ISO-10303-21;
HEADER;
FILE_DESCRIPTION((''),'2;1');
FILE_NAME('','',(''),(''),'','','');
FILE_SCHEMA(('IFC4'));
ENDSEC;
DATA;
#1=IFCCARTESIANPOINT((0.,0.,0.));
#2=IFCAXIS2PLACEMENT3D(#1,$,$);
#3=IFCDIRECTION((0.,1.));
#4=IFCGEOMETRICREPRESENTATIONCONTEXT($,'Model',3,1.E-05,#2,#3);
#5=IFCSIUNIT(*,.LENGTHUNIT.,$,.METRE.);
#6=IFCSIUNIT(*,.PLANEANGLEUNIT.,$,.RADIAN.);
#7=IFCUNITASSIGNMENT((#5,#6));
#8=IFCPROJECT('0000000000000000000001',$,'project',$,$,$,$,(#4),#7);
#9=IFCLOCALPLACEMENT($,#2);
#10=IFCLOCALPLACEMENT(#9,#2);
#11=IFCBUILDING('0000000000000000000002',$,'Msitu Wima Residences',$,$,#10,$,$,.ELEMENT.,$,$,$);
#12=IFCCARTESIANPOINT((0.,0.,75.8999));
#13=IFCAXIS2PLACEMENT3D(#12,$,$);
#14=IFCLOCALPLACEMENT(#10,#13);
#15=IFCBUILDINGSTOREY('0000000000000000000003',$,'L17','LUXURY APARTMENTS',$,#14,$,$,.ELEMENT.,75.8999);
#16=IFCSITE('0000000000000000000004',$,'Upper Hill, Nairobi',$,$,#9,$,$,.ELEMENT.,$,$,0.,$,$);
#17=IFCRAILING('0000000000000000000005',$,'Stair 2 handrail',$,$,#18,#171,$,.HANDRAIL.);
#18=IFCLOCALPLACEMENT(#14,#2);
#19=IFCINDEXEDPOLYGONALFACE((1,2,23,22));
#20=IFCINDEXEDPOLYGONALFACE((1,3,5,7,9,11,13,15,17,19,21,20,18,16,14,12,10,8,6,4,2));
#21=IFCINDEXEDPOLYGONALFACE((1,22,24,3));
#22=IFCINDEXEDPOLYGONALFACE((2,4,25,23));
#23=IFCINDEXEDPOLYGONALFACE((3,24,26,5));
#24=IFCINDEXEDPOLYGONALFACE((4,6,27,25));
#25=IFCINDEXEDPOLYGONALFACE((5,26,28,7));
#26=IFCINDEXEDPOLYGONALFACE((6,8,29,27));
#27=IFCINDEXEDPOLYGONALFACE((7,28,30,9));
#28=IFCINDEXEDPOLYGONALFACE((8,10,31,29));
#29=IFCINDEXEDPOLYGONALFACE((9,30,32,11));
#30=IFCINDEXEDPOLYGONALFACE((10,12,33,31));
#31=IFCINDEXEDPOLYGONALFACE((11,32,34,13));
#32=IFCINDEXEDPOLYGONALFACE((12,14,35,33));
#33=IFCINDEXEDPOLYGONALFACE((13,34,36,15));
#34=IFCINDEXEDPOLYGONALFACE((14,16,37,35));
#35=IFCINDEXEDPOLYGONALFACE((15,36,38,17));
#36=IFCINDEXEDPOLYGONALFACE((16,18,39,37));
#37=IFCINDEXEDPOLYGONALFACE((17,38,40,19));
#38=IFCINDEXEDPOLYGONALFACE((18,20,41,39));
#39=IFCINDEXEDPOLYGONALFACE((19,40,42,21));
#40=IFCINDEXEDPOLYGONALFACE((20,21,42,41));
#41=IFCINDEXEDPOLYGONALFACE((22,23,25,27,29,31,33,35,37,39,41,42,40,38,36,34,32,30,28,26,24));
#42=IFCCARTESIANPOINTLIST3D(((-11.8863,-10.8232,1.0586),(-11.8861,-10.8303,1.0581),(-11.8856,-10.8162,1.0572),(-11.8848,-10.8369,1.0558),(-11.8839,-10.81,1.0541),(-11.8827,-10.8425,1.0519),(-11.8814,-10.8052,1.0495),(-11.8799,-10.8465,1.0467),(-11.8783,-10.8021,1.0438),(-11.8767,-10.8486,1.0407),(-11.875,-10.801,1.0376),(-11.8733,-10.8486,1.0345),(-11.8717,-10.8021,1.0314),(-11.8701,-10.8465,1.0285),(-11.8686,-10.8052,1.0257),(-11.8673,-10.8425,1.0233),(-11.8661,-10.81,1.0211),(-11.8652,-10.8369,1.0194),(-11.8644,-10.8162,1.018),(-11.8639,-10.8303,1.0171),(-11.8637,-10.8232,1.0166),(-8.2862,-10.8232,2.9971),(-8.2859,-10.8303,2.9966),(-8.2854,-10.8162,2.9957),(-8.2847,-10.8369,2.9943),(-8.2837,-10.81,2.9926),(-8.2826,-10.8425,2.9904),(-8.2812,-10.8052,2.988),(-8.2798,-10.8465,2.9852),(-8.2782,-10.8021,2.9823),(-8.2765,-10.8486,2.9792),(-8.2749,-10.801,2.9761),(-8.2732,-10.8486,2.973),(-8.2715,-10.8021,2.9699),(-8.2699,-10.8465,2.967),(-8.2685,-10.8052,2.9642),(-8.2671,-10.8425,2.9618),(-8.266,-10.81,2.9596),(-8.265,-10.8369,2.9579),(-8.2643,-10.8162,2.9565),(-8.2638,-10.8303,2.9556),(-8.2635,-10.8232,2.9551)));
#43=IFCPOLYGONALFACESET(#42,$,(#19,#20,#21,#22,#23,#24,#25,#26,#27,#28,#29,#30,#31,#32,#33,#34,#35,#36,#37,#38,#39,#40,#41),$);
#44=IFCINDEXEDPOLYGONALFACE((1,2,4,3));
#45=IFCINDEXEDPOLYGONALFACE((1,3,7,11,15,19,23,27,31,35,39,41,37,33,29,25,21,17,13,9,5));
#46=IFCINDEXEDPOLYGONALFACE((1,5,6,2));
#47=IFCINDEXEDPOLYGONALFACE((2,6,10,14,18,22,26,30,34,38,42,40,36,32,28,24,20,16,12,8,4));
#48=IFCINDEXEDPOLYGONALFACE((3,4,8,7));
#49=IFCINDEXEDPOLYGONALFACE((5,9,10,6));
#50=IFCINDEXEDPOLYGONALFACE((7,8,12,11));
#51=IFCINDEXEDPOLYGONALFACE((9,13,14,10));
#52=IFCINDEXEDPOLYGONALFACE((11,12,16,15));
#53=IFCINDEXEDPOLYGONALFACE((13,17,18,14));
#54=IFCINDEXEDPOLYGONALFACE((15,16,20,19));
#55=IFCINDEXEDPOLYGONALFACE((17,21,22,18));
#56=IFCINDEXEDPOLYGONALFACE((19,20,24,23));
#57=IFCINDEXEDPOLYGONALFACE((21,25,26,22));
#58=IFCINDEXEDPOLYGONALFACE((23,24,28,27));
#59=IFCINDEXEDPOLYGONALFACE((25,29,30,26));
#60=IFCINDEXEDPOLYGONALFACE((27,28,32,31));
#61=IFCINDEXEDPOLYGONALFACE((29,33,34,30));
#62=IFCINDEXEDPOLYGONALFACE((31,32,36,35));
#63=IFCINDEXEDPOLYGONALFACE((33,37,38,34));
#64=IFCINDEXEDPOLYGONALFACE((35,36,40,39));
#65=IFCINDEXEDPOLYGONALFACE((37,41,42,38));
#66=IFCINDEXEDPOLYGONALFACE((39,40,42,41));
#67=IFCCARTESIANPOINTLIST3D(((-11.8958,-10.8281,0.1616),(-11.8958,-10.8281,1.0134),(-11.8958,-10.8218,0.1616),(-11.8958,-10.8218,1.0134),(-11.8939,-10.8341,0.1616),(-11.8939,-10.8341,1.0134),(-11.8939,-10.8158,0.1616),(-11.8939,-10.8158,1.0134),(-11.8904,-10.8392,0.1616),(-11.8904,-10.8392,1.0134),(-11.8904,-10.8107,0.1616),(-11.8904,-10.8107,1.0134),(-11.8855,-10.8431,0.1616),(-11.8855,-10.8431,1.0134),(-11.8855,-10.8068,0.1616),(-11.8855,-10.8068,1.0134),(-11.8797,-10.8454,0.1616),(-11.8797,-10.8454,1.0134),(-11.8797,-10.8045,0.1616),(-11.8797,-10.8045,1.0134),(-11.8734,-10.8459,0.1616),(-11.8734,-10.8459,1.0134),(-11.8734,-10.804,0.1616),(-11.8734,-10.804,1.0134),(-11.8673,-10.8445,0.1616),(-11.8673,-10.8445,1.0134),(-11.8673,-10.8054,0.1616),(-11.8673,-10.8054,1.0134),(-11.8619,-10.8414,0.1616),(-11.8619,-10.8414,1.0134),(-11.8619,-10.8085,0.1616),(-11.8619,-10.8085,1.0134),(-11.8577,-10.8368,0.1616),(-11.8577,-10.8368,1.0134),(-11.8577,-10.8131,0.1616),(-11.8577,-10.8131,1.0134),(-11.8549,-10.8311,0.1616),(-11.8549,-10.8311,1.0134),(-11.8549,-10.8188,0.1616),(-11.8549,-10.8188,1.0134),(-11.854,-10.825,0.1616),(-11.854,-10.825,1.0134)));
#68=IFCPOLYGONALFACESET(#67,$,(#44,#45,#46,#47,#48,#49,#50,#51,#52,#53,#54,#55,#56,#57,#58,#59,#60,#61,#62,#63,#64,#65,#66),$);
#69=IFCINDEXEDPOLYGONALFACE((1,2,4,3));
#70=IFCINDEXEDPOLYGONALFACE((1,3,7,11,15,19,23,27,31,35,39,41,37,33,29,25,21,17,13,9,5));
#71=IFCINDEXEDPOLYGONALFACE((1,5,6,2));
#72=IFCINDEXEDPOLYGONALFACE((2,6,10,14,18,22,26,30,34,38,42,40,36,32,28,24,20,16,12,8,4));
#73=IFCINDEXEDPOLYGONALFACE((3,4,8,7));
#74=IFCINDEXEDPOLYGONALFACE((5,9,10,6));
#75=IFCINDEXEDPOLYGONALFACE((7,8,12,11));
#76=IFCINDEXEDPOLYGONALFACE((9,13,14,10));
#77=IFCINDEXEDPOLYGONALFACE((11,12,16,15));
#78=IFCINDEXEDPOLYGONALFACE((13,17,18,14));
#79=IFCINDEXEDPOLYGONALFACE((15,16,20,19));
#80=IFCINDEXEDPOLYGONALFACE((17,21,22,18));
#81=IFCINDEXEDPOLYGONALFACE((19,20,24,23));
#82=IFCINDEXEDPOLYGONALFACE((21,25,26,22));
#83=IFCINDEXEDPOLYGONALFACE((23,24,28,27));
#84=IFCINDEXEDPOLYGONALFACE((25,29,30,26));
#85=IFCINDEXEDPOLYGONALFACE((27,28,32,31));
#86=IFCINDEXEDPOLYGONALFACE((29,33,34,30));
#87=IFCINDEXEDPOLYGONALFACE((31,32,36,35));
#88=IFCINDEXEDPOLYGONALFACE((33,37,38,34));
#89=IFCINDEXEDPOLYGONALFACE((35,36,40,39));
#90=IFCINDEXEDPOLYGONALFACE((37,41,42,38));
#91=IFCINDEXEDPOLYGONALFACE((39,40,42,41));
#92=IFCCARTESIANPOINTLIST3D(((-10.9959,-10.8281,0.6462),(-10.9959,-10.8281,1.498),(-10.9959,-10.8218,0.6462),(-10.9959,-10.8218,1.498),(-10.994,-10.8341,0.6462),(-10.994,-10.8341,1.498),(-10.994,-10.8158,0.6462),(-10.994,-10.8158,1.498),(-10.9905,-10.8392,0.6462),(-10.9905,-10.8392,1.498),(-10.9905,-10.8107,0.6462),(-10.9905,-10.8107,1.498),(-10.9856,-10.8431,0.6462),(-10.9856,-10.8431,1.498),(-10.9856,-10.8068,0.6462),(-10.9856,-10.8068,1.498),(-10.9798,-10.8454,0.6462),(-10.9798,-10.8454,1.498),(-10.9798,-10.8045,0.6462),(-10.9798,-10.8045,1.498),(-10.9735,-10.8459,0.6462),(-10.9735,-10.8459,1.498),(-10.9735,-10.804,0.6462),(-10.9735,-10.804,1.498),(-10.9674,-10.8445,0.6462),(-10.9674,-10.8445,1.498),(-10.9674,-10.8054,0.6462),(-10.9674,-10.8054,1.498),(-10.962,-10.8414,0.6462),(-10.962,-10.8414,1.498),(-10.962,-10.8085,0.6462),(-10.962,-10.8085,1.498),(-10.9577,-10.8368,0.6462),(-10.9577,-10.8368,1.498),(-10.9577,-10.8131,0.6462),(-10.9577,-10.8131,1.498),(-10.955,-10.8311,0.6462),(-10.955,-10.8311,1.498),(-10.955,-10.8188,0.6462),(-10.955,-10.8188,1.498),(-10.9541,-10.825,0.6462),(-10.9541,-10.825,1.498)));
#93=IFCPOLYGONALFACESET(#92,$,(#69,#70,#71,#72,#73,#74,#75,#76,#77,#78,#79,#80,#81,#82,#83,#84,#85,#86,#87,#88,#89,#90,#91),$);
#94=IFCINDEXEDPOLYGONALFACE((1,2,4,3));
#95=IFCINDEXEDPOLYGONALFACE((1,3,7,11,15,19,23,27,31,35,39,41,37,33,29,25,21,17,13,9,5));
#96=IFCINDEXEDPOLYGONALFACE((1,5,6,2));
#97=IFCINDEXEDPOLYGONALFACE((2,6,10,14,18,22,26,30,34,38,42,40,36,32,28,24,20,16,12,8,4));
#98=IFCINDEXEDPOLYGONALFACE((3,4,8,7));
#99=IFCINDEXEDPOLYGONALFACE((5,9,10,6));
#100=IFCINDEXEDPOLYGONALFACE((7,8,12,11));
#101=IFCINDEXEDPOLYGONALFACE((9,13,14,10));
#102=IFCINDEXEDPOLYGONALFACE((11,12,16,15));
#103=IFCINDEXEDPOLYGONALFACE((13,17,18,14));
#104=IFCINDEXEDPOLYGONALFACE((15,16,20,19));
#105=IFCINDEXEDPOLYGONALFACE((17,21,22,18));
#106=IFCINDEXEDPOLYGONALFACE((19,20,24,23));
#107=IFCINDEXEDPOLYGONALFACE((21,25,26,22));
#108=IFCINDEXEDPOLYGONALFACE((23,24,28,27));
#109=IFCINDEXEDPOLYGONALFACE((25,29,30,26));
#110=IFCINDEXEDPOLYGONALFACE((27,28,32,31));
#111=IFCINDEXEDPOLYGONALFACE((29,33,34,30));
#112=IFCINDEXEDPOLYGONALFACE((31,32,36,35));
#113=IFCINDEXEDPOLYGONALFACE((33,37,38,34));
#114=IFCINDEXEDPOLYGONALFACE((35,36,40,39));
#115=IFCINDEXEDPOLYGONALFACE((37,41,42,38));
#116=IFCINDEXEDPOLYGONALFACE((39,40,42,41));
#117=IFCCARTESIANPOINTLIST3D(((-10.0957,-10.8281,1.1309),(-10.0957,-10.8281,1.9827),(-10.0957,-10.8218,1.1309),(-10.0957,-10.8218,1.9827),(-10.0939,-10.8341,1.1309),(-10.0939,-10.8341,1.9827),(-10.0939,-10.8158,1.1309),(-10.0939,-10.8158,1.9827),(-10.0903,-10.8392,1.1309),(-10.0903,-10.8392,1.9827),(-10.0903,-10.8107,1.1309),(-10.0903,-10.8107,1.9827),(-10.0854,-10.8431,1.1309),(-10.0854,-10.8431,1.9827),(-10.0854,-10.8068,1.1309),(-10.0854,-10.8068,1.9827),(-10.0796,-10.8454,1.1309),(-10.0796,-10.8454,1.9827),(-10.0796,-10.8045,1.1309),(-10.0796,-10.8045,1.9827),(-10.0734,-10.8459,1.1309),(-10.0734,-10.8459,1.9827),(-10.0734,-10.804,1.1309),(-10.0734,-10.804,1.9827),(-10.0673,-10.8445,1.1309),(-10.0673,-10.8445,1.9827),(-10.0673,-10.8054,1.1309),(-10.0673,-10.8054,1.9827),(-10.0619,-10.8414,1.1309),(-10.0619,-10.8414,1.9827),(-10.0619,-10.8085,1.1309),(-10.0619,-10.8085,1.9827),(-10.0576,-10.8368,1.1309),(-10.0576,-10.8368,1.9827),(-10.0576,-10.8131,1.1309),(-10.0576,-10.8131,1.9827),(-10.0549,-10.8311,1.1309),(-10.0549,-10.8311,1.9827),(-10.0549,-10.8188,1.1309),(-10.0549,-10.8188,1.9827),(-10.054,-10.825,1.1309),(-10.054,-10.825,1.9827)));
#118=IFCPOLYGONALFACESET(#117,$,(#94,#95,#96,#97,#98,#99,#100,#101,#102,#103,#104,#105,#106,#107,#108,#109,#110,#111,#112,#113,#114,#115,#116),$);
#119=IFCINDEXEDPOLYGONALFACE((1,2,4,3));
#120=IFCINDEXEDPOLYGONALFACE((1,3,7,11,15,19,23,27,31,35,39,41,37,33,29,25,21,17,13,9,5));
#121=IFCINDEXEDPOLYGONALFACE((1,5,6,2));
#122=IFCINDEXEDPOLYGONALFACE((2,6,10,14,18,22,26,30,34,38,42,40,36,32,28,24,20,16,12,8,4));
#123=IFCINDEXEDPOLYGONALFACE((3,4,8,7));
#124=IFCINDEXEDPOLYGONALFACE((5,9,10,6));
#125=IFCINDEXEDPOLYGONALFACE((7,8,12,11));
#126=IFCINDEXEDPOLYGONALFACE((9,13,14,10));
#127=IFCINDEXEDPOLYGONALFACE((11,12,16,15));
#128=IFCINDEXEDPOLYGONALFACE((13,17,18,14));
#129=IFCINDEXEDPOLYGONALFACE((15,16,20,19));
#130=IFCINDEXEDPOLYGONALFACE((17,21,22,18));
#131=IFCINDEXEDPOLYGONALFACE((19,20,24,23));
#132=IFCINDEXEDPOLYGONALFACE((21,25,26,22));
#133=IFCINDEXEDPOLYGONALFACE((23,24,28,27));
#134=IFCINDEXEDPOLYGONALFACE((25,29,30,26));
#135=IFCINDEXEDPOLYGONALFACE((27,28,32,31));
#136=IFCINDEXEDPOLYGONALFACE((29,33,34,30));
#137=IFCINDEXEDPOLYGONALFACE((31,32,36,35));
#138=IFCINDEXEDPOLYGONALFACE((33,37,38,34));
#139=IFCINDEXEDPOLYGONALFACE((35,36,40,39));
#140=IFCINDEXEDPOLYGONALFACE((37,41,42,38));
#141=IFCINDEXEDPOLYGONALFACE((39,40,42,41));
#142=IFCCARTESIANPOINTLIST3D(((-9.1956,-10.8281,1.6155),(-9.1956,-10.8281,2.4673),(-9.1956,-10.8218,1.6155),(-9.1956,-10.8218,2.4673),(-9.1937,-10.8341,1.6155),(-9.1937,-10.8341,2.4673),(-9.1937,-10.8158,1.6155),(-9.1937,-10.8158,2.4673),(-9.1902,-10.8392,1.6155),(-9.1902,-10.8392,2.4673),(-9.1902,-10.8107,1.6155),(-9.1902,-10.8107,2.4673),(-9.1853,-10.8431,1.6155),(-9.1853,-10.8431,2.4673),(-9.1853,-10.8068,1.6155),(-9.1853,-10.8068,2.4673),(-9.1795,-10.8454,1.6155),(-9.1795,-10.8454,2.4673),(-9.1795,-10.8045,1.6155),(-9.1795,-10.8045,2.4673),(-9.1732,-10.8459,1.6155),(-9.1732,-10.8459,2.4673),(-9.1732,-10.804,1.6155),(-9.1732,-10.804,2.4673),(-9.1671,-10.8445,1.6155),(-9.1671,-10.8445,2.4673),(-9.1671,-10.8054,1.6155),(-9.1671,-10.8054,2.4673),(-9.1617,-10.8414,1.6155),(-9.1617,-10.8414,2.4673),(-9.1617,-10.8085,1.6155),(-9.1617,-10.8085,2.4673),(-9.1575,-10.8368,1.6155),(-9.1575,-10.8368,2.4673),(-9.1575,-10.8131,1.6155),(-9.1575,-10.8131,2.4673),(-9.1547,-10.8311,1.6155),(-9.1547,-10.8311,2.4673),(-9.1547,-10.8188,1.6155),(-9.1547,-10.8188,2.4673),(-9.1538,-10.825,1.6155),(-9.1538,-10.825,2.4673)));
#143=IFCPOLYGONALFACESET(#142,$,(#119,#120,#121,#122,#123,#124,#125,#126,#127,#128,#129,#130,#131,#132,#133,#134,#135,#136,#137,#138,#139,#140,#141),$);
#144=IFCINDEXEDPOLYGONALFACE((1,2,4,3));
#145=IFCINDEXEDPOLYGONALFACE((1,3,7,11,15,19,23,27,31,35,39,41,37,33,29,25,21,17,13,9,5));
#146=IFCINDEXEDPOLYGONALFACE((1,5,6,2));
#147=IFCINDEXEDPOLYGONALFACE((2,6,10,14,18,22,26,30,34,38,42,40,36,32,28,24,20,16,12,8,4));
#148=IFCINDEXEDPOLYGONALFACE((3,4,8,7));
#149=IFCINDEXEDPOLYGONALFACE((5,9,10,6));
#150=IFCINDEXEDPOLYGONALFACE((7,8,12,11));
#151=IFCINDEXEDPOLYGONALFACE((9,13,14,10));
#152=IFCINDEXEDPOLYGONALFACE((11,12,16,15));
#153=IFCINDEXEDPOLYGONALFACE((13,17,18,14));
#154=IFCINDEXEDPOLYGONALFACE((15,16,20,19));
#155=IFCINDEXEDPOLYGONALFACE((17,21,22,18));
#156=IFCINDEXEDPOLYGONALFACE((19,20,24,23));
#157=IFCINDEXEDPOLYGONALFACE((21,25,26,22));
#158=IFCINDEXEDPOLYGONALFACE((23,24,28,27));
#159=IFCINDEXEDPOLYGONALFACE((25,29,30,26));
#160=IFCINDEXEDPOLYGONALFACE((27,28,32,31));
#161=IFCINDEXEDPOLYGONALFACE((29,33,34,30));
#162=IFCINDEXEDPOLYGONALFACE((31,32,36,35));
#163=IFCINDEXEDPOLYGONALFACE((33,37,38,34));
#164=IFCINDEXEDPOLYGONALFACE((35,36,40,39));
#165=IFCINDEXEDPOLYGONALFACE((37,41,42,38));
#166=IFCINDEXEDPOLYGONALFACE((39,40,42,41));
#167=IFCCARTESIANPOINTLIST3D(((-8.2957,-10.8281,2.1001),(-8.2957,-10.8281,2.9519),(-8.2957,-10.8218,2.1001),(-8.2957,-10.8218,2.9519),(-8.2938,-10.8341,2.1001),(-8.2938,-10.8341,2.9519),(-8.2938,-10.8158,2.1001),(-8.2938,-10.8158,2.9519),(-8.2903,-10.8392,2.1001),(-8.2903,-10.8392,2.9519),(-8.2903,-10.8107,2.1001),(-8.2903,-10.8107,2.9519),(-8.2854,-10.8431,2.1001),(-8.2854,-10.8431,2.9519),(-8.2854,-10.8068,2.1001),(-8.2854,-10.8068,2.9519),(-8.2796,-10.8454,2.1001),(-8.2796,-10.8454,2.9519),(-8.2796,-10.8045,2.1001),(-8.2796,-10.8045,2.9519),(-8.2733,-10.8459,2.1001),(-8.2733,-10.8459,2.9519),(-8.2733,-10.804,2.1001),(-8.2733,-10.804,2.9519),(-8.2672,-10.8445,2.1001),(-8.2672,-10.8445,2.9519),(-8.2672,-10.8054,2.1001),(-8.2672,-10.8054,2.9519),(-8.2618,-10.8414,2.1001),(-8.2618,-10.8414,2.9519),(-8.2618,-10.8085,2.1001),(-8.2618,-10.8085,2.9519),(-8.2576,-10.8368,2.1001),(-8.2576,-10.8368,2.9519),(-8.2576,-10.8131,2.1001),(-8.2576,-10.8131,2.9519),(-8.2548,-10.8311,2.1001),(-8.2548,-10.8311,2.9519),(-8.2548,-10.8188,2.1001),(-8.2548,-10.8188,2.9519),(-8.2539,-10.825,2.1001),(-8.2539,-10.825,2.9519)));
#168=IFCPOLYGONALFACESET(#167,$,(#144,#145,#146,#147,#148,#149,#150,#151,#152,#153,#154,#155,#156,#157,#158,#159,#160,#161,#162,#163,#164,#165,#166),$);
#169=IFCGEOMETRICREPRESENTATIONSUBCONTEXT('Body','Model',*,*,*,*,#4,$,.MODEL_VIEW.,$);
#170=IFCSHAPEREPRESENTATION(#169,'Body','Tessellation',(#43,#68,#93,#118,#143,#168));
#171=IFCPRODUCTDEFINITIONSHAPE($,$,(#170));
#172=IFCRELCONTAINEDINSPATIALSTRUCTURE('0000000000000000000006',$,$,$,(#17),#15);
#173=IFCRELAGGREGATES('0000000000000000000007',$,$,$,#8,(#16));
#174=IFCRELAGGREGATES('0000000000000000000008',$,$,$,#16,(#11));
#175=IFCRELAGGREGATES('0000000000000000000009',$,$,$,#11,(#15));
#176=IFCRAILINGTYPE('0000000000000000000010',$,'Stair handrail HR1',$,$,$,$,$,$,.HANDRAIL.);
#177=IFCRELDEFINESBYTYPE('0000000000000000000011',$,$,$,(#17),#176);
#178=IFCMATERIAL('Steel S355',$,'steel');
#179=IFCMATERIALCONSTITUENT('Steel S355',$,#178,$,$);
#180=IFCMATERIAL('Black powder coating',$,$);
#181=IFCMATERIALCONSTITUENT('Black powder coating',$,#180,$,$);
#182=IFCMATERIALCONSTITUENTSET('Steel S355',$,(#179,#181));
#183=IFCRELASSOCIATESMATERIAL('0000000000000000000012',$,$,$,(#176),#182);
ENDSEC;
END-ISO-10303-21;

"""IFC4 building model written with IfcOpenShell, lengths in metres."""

from ifc_helpers import new_model, si_unit, direction, frame, origin, origin_2d, place, context, subcontext, project, spatial, circle, extrude, material, constituent, constituent_set, type_object, element, save


model = new_model("IFC4")

# Units and contexts
model_context = context("Model", 3, precision=1e-05, world=origin(), true_north=direction((0.0, 1.0)))
body_context = subcontext(model_context, "Body", "Model", "MODEL_VIEW")
ifc_project = project(units=[si_unit("LENGTHUNIT", "METRE"), si_unit("PLANEANGLEUNIT", "RADIAN")], contexts=[model_context])

# Site, building, storey
site_placement = place(None, origin())
site = spatial("IfcSite", under=ifc_project, at=site_placement, Name="Upper Hill, Nairobi", CompositionType="ELEMENT", RefElevation=0.0)
building_placement = place(site_placement, origin())
building = spatial("IfcBuilding", under=site, at=building_placement, Name="Msitu Wima Residences", CompositionType="ELEMENT")
storey_placement = place(building_placement, frame((0.0, 0.0, 75.8999)))
storey = spatial("IfcBuildingStorey", under=building, at=storey_placement, Name="L17", Description="LUXURY APARTMENTS", CompositionType="ELEMENT", Elevation=75.8999)

# Railing
ifc_material_1 = material(Name="Steel S355", Category="steel")
ifc_constituent_1 = constituent(ifc_material_1, Name="Steel S355")
ifc_material_2 = material(Name="Black powder coating")
ifc_constituent_2 = constituent(ifc_material_2, Name="Black powder coating")
ifc_constituent_set = constituent_set(constituents=[ifc_constituent_1, ifc_constituent_2], Name="Steel S355")
railing_type = type_object("IfcRailingType", Name="Stair handrail HR1", PredefinedType="HANDRAIL", material=ifc_constituent_set)
for number, where, name in (
    (1, (-11.875, -10.825, 0.1616), "Stair 2 handrail"),
):
    element("IfcRailing", number, at=place(storey_placement, frame(where)), inside=storey, type_object=railing_type, Name=name, PredefinedType="HANDRAIL", context=body_context, shape_type="SweptSolid", body=[
        extrude(circle(Radius=0.0239, at=origin_2d()), frame((0.0, 0.0, 0.876), z_axis=(0.880475, 0.0, 0.474093), x_axis=(0.0, 1.0, 0.0)), (0.0, 0.0, 1.0), 4.0889),
        extrude(circle(Radius=0.021, at=origin_2d()), origin(), (0.0, 0.0, 1.0), 0.8518),
        extrude(circle(Radius=0.021, at=origin_2d()), frame((0.8999, 0.0, 0.4846)), (0.0, 0.0, 1.0), 0.8518),
        extrude(circle(Radius=0.021, at=origin_2d()), frame((1.8, 0.0, 0.9692)), (0.0, 0.0, 1.0), 0.8518),
        extrude(circle(Radius=0.021, at=origin_2d()), frame((2.7002, 0.0, 1.4539)), (0.0, 0.0, 1.0), 0.8518),
        extrude(circle(Radius=0.021, at=origin_2d()), frame((3.6001, 0.0, 1.9385)), (0.0, 0.0, 1.0), 0.8518),
    ])

save(model, "model.ifc")
